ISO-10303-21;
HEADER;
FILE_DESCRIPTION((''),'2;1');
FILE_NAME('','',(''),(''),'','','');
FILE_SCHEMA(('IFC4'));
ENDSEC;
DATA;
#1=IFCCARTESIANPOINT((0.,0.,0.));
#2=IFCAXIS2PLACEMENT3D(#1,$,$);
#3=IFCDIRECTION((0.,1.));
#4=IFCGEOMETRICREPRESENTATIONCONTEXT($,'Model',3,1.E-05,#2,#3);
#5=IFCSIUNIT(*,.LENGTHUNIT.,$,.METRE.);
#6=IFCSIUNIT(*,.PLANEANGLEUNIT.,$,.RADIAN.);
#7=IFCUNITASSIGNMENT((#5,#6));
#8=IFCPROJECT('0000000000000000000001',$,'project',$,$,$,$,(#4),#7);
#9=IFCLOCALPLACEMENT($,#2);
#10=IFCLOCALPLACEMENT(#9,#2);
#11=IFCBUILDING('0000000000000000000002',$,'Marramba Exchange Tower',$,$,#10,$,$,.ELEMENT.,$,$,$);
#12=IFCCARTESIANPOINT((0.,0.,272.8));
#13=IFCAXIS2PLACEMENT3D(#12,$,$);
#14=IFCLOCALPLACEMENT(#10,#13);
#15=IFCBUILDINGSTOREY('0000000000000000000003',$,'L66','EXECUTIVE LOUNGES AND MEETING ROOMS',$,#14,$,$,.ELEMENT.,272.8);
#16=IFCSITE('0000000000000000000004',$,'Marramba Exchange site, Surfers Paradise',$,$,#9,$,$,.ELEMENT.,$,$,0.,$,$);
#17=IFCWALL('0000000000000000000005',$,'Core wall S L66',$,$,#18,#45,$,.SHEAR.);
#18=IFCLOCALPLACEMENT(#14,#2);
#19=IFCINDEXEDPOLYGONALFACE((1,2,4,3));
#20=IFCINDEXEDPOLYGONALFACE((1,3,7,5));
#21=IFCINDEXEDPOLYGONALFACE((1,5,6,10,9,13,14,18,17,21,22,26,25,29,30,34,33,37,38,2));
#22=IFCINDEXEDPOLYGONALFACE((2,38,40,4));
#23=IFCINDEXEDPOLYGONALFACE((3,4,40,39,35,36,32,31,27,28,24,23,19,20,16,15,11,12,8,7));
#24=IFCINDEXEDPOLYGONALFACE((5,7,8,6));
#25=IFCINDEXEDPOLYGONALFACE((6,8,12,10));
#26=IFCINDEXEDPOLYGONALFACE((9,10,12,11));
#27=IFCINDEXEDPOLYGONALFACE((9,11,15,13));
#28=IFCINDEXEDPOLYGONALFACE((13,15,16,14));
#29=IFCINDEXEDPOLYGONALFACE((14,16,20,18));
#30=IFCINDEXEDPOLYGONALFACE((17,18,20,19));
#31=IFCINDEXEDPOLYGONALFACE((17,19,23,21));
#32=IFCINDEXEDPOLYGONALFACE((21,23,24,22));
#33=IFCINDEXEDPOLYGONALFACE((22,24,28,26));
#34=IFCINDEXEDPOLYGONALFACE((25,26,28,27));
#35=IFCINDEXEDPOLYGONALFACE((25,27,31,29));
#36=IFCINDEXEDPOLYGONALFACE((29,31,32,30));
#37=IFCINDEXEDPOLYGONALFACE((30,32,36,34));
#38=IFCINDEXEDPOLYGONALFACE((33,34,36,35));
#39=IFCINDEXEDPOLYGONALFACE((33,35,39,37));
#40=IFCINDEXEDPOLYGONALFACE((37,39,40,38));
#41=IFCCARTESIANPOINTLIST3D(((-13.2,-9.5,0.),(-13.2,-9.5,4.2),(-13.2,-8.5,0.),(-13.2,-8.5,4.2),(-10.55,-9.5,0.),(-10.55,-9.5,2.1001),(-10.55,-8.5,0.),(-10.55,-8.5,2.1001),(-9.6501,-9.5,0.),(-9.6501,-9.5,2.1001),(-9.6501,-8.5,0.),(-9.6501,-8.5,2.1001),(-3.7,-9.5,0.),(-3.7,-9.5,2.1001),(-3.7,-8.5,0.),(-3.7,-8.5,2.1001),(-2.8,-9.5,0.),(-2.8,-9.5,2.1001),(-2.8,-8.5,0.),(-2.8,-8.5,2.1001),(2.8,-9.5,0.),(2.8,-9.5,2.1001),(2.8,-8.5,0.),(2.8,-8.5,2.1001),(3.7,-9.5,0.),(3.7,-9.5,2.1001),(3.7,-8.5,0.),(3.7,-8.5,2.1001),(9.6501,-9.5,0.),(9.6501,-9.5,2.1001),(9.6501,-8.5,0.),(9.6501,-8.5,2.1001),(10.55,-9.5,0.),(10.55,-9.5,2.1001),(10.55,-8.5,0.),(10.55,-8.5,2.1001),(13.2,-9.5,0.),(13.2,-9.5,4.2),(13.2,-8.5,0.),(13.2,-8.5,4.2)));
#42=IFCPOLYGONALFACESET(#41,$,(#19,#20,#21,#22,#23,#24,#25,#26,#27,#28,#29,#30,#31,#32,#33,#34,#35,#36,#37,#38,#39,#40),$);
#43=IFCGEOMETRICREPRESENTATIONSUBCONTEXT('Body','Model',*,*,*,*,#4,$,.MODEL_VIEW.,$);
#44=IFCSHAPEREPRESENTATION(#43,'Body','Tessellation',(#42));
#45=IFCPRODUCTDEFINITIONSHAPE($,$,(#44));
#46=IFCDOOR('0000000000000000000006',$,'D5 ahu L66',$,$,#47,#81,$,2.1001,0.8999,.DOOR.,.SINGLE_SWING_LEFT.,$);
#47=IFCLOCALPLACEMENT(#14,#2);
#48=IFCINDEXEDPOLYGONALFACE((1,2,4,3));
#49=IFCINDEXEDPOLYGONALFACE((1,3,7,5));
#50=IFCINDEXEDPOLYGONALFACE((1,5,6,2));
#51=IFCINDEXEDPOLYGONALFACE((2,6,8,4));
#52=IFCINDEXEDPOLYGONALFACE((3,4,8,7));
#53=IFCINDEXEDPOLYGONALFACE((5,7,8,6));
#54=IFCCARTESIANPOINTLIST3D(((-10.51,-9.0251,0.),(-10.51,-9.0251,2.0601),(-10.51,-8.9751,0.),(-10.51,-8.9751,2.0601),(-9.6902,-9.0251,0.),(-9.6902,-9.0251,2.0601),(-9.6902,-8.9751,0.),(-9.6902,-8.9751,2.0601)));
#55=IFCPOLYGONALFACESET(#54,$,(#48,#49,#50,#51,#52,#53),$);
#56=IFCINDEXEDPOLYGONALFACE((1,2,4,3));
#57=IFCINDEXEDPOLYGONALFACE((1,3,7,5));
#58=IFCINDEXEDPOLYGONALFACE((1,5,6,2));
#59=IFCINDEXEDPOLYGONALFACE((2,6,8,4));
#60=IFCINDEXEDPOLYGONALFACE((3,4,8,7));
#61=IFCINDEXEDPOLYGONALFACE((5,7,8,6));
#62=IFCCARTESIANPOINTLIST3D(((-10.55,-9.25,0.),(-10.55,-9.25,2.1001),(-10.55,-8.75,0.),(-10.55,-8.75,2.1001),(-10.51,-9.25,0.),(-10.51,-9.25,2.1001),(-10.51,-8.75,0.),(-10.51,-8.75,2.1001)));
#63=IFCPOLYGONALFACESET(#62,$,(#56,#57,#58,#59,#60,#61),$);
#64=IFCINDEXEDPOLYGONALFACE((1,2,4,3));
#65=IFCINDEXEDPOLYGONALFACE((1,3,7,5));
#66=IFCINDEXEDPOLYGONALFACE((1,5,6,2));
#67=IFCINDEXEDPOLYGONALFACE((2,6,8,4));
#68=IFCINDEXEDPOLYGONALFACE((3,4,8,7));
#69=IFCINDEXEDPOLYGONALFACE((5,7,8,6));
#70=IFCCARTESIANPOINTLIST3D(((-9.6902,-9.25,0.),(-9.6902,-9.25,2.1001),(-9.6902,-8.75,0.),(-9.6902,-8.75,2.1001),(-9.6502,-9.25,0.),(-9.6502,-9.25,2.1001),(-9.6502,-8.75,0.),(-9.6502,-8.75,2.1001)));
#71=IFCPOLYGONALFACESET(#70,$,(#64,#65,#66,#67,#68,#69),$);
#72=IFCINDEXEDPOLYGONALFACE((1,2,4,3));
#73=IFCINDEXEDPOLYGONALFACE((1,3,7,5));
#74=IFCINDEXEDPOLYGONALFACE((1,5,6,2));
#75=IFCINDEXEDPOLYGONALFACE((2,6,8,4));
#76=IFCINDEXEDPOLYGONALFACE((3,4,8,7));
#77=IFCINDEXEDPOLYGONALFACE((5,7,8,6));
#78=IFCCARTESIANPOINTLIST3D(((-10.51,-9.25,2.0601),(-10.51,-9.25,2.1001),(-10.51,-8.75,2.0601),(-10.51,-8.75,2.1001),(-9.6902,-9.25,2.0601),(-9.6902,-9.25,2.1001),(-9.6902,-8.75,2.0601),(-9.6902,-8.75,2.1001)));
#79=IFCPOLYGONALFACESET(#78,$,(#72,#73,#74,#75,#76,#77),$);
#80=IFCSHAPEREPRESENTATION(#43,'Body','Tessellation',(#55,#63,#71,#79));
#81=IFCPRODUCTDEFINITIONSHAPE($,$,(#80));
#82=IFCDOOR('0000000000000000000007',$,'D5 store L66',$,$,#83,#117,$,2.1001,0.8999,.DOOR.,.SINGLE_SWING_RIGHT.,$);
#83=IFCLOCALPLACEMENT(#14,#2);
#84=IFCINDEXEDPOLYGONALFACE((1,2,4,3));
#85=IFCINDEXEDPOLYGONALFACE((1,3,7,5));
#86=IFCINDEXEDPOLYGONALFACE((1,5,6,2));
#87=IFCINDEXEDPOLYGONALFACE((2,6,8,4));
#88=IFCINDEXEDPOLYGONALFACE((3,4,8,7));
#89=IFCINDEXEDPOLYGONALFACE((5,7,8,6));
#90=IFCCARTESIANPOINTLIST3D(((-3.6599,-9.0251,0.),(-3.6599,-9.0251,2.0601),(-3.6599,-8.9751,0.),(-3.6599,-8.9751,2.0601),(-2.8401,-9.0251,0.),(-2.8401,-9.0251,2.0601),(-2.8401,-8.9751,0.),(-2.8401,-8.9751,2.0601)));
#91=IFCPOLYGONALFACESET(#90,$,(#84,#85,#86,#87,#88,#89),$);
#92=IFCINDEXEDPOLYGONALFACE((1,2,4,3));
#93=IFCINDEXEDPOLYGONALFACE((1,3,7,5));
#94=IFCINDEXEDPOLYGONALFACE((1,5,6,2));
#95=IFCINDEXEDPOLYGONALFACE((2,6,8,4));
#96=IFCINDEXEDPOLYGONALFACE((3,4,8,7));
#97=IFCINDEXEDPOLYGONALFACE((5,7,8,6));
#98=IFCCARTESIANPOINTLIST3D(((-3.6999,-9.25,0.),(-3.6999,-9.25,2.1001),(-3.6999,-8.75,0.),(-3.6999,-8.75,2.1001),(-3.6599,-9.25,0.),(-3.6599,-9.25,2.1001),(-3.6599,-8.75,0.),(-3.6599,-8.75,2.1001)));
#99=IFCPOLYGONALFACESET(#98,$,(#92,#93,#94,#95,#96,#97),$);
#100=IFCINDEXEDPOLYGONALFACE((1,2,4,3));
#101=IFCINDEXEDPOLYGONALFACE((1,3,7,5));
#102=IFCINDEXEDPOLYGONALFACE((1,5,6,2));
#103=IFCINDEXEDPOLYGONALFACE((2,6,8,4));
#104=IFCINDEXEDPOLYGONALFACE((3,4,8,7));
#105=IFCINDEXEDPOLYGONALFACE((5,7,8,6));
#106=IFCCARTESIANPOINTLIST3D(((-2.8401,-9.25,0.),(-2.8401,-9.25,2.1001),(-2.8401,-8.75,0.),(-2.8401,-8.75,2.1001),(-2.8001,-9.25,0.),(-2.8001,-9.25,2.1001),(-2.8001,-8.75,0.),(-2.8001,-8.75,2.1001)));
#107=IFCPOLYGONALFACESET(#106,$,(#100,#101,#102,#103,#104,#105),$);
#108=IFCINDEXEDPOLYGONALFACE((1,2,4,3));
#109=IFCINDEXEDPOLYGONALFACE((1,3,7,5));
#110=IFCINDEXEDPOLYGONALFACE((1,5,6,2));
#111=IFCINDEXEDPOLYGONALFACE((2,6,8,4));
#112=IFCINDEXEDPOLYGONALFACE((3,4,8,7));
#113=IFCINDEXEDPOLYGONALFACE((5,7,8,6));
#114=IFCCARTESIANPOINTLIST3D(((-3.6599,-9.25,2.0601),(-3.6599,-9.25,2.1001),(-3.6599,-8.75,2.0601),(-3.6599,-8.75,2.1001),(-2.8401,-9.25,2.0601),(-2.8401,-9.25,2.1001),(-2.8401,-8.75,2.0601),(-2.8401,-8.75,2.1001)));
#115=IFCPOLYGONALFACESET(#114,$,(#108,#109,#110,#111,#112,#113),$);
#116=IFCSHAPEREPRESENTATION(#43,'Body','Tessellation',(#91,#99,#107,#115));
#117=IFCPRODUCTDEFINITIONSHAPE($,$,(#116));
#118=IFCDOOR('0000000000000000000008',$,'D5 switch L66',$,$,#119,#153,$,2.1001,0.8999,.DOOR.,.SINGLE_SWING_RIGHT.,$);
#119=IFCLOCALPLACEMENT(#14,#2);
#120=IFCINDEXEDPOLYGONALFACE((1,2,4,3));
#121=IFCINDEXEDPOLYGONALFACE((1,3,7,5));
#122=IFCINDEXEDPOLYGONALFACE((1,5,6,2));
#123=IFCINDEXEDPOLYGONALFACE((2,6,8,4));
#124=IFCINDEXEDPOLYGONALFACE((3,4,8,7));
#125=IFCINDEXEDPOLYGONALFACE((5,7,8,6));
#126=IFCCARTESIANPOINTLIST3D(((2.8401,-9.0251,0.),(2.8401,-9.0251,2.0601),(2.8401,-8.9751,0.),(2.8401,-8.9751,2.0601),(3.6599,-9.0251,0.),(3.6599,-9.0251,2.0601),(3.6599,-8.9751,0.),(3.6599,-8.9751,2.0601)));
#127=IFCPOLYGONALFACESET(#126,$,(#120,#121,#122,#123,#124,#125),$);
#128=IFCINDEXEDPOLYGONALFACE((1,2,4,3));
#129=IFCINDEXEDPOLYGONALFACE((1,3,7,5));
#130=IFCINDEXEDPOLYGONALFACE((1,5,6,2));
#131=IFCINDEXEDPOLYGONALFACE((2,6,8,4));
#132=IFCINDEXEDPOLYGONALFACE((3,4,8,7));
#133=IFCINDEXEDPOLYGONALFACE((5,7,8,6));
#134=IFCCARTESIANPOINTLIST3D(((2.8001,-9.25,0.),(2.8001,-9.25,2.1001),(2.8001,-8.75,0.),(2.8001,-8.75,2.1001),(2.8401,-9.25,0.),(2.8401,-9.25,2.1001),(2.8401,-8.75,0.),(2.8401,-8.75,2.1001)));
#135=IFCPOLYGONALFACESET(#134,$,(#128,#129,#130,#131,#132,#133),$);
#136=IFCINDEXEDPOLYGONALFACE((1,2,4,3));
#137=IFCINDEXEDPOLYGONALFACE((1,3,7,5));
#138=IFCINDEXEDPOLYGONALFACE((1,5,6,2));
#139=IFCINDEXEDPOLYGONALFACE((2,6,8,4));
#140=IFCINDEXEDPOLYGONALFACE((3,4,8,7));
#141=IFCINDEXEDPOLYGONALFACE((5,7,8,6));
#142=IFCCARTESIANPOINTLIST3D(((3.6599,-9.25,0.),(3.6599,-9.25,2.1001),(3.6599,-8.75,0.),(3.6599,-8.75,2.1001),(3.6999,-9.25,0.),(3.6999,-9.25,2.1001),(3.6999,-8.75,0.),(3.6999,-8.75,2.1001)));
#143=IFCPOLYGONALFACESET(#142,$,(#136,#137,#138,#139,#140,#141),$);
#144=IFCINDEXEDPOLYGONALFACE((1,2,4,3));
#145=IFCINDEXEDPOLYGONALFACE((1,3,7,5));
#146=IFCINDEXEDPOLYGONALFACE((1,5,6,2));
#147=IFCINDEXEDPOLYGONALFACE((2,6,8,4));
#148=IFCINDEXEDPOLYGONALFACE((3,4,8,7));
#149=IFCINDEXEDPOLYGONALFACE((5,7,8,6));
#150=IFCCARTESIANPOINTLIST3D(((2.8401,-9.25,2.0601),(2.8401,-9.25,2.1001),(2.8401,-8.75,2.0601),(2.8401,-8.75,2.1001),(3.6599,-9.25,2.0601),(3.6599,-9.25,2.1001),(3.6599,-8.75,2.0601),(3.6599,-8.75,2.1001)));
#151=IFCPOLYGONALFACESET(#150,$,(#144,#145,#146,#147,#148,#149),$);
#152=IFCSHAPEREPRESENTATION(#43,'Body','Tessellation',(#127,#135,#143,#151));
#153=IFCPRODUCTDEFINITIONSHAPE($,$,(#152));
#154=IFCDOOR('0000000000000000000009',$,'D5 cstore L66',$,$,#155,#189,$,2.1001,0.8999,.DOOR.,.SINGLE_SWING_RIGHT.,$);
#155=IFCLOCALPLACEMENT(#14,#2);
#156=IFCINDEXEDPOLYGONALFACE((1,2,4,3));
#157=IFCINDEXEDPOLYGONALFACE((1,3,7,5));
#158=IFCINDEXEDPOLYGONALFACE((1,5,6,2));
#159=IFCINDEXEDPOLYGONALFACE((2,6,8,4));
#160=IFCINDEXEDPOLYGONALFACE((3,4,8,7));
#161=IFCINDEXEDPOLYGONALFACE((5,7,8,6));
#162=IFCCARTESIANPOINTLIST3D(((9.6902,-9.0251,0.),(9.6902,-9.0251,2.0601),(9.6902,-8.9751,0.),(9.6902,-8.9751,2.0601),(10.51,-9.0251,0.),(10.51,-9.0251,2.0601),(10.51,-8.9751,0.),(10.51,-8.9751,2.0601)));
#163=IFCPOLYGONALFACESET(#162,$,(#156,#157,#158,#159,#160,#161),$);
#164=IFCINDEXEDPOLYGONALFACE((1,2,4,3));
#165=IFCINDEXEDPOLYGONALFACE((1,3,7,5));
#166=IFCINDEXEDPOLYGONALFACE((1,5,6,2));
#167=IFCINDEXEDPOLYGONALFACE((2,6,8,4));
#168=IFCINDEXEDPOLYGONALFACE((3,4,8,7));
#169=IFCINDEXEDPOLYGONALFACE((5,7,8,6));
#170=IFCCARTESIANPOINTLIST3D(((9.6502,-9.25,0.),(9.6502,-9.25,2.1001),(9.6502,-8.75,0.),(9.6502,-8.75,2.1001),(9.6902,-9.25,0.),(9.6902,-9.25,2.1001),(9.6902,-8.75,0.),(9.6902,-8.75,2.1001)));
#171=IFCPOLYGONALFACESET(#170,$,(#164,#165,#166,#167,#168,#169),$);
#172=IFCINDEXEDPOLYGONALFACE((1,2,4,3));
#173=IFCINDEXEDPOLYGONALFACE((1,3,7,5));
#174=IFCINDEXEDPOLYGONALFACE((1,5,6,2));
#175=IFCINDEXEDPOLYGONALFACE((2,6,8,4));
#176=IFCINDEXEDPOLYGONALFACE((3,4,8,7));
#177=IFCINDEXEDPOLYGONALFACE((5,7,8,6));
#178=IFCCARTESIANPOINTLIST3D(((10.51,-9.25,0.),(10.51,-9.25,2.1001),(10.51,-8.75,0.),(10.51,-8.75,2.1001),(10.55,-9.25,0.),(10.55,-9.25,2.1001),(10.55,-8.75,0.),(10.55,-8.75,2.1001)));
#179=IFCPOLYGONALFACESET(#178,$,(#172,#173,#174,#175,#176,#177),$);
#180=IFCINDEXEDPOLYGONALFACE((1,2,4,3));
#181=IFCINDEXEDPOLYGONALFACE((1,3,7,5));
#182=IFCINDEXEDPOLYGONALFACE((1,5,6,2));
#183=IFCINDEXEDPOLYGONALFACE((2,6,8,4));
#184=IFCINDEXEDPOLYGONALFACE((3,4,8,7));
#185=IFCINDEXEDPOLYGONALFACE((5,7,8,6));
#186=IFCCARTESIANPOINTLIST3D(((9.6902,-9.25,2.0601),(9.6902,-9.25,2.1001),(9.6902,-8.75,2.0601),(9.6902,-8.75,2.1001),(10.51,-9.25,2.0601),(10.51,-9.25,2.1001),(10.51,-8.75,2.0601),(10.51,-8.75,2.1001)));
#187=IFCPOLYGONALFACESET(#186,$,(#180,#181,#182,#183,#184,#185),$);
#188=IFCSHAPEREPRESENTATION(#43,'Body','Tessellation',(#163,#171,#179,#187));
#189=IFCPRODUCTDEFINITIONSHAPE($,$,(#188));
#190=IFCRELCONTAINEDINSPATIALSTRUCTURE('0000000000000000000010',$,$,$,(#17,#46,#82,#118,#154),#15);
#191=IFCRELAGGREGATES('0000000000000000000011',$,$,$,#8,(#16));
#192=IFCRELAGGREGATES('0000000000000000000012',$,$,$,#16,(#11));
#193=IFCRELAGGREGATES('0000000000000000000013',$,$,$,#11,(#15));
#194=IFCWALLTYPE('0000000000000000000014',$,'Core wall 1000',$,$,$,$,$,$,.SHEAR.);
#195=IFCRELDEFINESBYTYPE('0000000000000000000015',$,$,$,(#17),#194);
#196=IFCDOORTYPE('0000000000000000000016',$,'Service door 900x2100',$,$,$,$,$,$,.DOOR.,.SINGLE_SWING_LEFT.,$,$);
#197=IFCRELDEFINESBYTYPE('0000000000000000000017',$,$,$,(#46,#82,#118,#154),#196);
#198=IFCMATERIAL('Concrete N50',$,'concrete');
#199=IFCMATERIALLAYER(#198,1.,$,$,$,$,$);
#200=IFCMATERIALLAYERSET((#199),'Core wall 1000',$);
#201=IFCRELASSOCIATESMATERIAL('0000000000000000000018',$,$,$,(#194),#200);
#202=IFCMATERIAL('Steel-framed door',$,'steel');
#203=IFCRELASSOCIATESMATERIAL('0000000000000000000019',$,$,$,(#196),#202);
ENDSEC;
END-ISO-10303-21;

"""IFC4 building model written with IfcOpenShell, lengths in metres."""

from ifc_helpers import new_model, si_unit, direction, frame, frame_2d, origin, place, context, subcontext, project, spatial, rectangle, extrude, material, layer, layer_set, type_object, element, fill, save


model = new_model("IFC4")

# Units and contexts
model_context = context("Model", 3, precision=1e-05, world=origin(), true_north=direction((0.0, 1.0)))
body_context = subcontext(model_context, "Body", "Model", "MODEL_VIEW")
ifc_project = project(units=[si_unit("LENGTHUNIT", "METRE"), si_unit("PLANEANGLEUNIT", "RADIAN")], contexts=[model_context])

# Site, building, storey
site_placement = place(None, origin())
site = spatial("IfcSite", under=ifc_project, at=site_placement, Name="Marramba Exchange site, Surfers Paradise", CompositionType="ELEMENT", RefElevation=0.0)
building_placement = place(site_placement, origin())
building = spatial("IfcBuilding", under=site, at=building_placement, Name="Marramba Exchange Tower", CompositionType="ELEMENT")
storey_placement = place(building_placement, frame((0.0, 0.0, 272.8)))
storey = spatial("IfcBuildingStorey", under=building, at=storey_placement, Name="L66", Description="EXECUTIVE LOUNGES AND MEETING ROOMS", CompositionType="ELEMENT", Elevation=272.8)

# Shared definitions
ifc_material_1 = material(Name="Concrete N50", Category="concrete")

# Wall, openings, doors
ifc_layer_1 = layer(ifc_material_1, 1.0)
ifc_layer_set_1 = layer_set([ifc_layer_1], Name="Core wall 1000")
wall_type = type_object("IfcWallType", Name="Core wall 1000", PredefinedType="SHEAR", material=ifc_layer_set_1)
wall_placement = place(storey_placement, frame((-13.2, -9.0, 0.0), z_axis=(0.0, 0.0, 1.0), x_axis=(1.0, 0.0, 0.0)))
wall = element("IfcWall", 1, at=wall_placement, inside=storey, type_object=wall_type, Name="Core wall S L66", PredefinedType="SHEAR", context=body_context, shape_type="SweptSolid", body=[
    extrude(rectangle(XDim=26.3999, YDim=1.0, at=frame_2d((13.2, 0.0))), origin(), (0.0, 0.0, 1.0), 4.2),
])
opening_1_placement = place(wall_placement, frame((2.6499, 0.0, 0.0)))
opening_1 = element("IfcOpeningElement", 2, at=opening_1_placement, cuts=wall, PredefinedType="OPENING", context=body_context, shape_type="SweptSolid", body=[
    extrude(rectangle(XDim=0.8999, YDim=2.1001, at=frame_2d((0.45, 1.05))), frame((0.0, 0.51, 0.0), z_axis=(0.0, -1.0, 0.0), x_axis=(1.0, 0.0, 0.0)), (0.0, 0.0, 1.0), 1.02),
])
opening_2_placement = place(wall_placement, frame((9.5, 0.0, 0.0)))
opening_2 = element("IfcOpeningElement", 3, at=opening_2_placement, cuts=wall, PredefinedType="OPENING", context=body_context, shape_type="SweptSolid", body=[
    extrude(rectangle(XDim=0.8999, YDim=2.1001, at=frame_2d((0.45, 1.05))), frame((0.0, 0.51, 0.0), z_axis=(0.0, -1.0, 0.0), x_axis=(1.0, 0.0, 0.0)), (0.0, 0.0, 1.0), 1.02),
])
opening_3_placement = place(wall_placement, frame((16.0, 0.0, 0.0)))
opening_3 = element("IfcOpeningElement", 4, at=opening_3_placement, cuts=wall, PredefinedType="OPENING", context=body_context, shape_type="SweptSolid", body=[
    extrude(rectangle(XDim=0.8999, YDim=2.1001, at=frame_2d((0.45, 1.05))), frame((0.0, 0.51, 0.0), z_axis=(0.0, -1.0, 0.0), x_axis=(1.0, 0.0, 0.0)), (0.0, 0.0, 1.0), 1.02),
])
opening_4_placement = place(wall_placement, frame((22.8501, 0.0, 0.0)))
opening_4 = element("IfcOpeningElement", 5, at=opening_4_placement, cuts=wall, PredefinedType="OPENING", context=body_context, shape_type="SweptSolid", body=[
    extrude(rectangle(XDim=0.8999, YDim=2.1001, at=frame_2d((0.45, 1.05))), frame((0.0, 0.51, 0.0), z_axis=(0.0, -1.0, 0.0), x_axis=(1.0, 0.0, 0.0)), (0.0, 0.0, 1.0), 1.02),
])
ifc_material_2 = material(Name="Steel-framed door", Category="steel")
door_type = type_object("IfcDoorType", Name="Service door 900x2100", OperationType="SINGLE_SWING_LEFT", PredefinedType="DOOR", material=ifc_material_2)
door_1_placement = place(opening_1_placement, origin())
door_1 = element("IfcDoor", 6, at=door_1_placement, inside=storey, type_object=door_type, Name="D5 ahu L66", OperationType="SINGLE_SWING_LEFT", OverallHeight=2.1001, OverallWidth=0.8999, PredefinedType="DOOR", context=body_context, shape_type="SweptSolid", body=[
    extrude(rectangle(XDim=0.8198, YDim=2.0601, at=frame_2d((0.45, 1.03))), frame((0.0, 0.0249, 0.0), z_axis=(0.0, -1.0, 0.0), x_axis=(1.0, 0.0, 0.0)), (0.0, 0.0, 1.0), 0.05),
    extrude(rectangle(XDim=0.04, YDim=2.1001, at=frame_2d((0.02, 1.05))), frame((0.0, 0.25, 0.0), z_axis=(0.0, -1.0, 0.0), x_axis=(1.0, 0.0, 0.0)), (0.0, 0.0, 1.0), 0.5),
    extrude(rectangle(XDim=0.04, YDim=2.1001, at=frame_2d((0.8799, 1.05))), frame((0.0, 0.25, 0.0), z_axis=(0.0, -1.0, 0.0), x_axis=(1.0, 0.0, 0.0)), (0.0, 0.0, 1.0), 0.5),
    extrude(rectangle(XDim=0.8198, YDim=0.04, at=frame_2d((0.45, 2.0801))), frame((0.0, 0.25, 0.0), z_axis=(0.0, -1.0, 0.0), x_axis=(1.0, 0.0, 0.0)), (0.0, 0.0, 1.0), 0.5),
])
fill(opening_1, door_1)
door_2_placement = place(opening_2_placement, origin())
door_2 = element("IfcDoor", 7, at=door_2_placement, inside=storey, type_object=door_type, Name="D5 store L66", OperationType="SINGLE_SWING_RIGHT", OverallHeight=2.1001, OverallWidth=0.8999, PredefinedType="DOOR", context=body_context, shape_type="SweptSolid", body=[
    extrude(rectangle(XDim=0.8198, YDim=2.0601, at=frame_2d((0.45, 1.03))), frame((0.0, 0.0249, 0.0), z_axis=(0.0, -1.0, 0.0), x_axis=(1.0, 0.0, 0.0)), (0.0, 0.0, 1.0), 0.05),
    extrude(rectangle(XDim=0.04, YDim=2.1001, at=frame_2d((0.02, 1.05))), frame((0.0, 0.25, 0.0), z_axis=(0.0, -1.0, 0.0), x_axis=(1.0, 0.0, 0.0)), (0.0, 0.0, 1.0), 0.5),
    extrude(rectangle(XDim=0.04, YDim=2.1001, at=frame_2d((0.8799, 1.05))), frame((0.0, 0.25, 0.0), z_axis=(0.0, -1.0, 0.0), x_axis=(1.0, 0.0, 0.0)), (0.0, 0.0, 1.0), 0.5),
    extrude(rectangle(XDim=0.8198, YDim=0.04, at=frame_2d((0.45, 2.0801))), frame((0.0, 0.25, 0.0), z_axis=(0.0, -1.0, 0.0), x_axis=(1.0, 0.0, 0.0)), (0.0, 0.0, 1.0), 0.5),
])
fill(opening_2, door_2)
door_3_placement = place(opening_3_placement, origin())
door_3 = element("IfcDoor", 8, at=door_3_placement, inside=storey, type_object=door_type, Name="D5 switch L66", OperationType="SINGLE_SWING_RIGHT", OverallHeight=2.1001, OverallWidth=0.8999, PredefinedType="DOOR", context=body_context, shape_type="SweptSolid", body=[
    extrude(rectangle(XDim=0.8198, YDim=2.0601, at=frame_2d((0.45, 1.03))), frame((0.0, 0.0249, 0.0), z_axis=(0.0, -1.0, 0.0), x_axis=(1.0, 0.0, 0.0)), (0.0, 0.0, 1.0), 0.05),
    extrude(rectangle(XDim=0.04, YDim=2.1001, at=frame_2d((0.02, 1.05))), frame((0.0, 0.25, 0.0), z_axis=(0.0, -1.0, 0.0), x_axis=(1.0, 0.0, 0.0)), (0.0, 0.0, 1.0), 0.5),
    extrude(rectangle(XDim=0.04, YDim=2.1001, at=frame_2d((0.8799, 1.05))), frame((0.0, 0.25, 0.0), z_axis=(0.0, -1.0, 0.0), x_axis=(1.0, 0.0, 0.0)), (0.0, 0.0, 1.0), 0.5),
    extrude(rectangle(XDim=0.8198, YDim=0.04, at=frame_2d((0.45, 2.0801))), frame((0.0, 0.25, 0.0), z_axis=(0.0, -1.0, 0.0), x_axis=(1.0, 0.0, 0.0)), (0.0, 0.0, 1.0), 0.5),
])
fill(opening_3, door_3)
door_4_placement = place(opening_4_placement, origin())
door_4 = element("IfcDoor", 9, at=door_4_placement, inside=storey, type_object=door_type, Name="D5 cstore L66", OperationType="SINGLE_SWING_RIGHT", OverallHeight=2.1001, OverallWidth=0.8999, PredefinedType="DOOR", context=body_context, shape_type="SweptSolid", body=[
    extrude(rectangle(XDim=0.8198, YDim=2.0601, at=frame_2d((0.45, 1.03))), frame((0.0, 0.0249, 0.0), z_axis=(0.0, -1.0, 0.0), x_axis=(1.0, 0.0, 0.0)), (0.0, 0.0, 1.0), 0.05),
    extrude(rectangle(XDim=0.04, YDim=2.1001, at=frame_2d((0.02, 1.05))), frame((0.0, 0.25, 0.0), z_axis=(0.0, -1.0, 0.0), x_axis=(1.0, 0.0, 0.0)), (0.0, 0.0, 1.0), 0.5),
    extrude(rectangle(XDim=0.04, YDim=2.1001, at=frame_2d((0.8799, 1.05))), frame((0.0, 0.25, 0.0), z_axis=(0.0, -1.0, 0.0), x_axis=(1.0, 0.0, 0.0)), (0.0, 0.0, 1.0), 0.5),
    extrude(rectangle(XDim=0.8198, YDim=0.04, at=frame_2d((0.45, 2.0801))), frame((0.0, 0.25, 0.0), z_axis=(0.0, -1.0, 0.0), x_axis=(1.0, 0.0, 0.0)), (0.0, 0.0, 1.0), 0.5),
])
fill(opening_4, door_4)

save(model, "model.ifc")
